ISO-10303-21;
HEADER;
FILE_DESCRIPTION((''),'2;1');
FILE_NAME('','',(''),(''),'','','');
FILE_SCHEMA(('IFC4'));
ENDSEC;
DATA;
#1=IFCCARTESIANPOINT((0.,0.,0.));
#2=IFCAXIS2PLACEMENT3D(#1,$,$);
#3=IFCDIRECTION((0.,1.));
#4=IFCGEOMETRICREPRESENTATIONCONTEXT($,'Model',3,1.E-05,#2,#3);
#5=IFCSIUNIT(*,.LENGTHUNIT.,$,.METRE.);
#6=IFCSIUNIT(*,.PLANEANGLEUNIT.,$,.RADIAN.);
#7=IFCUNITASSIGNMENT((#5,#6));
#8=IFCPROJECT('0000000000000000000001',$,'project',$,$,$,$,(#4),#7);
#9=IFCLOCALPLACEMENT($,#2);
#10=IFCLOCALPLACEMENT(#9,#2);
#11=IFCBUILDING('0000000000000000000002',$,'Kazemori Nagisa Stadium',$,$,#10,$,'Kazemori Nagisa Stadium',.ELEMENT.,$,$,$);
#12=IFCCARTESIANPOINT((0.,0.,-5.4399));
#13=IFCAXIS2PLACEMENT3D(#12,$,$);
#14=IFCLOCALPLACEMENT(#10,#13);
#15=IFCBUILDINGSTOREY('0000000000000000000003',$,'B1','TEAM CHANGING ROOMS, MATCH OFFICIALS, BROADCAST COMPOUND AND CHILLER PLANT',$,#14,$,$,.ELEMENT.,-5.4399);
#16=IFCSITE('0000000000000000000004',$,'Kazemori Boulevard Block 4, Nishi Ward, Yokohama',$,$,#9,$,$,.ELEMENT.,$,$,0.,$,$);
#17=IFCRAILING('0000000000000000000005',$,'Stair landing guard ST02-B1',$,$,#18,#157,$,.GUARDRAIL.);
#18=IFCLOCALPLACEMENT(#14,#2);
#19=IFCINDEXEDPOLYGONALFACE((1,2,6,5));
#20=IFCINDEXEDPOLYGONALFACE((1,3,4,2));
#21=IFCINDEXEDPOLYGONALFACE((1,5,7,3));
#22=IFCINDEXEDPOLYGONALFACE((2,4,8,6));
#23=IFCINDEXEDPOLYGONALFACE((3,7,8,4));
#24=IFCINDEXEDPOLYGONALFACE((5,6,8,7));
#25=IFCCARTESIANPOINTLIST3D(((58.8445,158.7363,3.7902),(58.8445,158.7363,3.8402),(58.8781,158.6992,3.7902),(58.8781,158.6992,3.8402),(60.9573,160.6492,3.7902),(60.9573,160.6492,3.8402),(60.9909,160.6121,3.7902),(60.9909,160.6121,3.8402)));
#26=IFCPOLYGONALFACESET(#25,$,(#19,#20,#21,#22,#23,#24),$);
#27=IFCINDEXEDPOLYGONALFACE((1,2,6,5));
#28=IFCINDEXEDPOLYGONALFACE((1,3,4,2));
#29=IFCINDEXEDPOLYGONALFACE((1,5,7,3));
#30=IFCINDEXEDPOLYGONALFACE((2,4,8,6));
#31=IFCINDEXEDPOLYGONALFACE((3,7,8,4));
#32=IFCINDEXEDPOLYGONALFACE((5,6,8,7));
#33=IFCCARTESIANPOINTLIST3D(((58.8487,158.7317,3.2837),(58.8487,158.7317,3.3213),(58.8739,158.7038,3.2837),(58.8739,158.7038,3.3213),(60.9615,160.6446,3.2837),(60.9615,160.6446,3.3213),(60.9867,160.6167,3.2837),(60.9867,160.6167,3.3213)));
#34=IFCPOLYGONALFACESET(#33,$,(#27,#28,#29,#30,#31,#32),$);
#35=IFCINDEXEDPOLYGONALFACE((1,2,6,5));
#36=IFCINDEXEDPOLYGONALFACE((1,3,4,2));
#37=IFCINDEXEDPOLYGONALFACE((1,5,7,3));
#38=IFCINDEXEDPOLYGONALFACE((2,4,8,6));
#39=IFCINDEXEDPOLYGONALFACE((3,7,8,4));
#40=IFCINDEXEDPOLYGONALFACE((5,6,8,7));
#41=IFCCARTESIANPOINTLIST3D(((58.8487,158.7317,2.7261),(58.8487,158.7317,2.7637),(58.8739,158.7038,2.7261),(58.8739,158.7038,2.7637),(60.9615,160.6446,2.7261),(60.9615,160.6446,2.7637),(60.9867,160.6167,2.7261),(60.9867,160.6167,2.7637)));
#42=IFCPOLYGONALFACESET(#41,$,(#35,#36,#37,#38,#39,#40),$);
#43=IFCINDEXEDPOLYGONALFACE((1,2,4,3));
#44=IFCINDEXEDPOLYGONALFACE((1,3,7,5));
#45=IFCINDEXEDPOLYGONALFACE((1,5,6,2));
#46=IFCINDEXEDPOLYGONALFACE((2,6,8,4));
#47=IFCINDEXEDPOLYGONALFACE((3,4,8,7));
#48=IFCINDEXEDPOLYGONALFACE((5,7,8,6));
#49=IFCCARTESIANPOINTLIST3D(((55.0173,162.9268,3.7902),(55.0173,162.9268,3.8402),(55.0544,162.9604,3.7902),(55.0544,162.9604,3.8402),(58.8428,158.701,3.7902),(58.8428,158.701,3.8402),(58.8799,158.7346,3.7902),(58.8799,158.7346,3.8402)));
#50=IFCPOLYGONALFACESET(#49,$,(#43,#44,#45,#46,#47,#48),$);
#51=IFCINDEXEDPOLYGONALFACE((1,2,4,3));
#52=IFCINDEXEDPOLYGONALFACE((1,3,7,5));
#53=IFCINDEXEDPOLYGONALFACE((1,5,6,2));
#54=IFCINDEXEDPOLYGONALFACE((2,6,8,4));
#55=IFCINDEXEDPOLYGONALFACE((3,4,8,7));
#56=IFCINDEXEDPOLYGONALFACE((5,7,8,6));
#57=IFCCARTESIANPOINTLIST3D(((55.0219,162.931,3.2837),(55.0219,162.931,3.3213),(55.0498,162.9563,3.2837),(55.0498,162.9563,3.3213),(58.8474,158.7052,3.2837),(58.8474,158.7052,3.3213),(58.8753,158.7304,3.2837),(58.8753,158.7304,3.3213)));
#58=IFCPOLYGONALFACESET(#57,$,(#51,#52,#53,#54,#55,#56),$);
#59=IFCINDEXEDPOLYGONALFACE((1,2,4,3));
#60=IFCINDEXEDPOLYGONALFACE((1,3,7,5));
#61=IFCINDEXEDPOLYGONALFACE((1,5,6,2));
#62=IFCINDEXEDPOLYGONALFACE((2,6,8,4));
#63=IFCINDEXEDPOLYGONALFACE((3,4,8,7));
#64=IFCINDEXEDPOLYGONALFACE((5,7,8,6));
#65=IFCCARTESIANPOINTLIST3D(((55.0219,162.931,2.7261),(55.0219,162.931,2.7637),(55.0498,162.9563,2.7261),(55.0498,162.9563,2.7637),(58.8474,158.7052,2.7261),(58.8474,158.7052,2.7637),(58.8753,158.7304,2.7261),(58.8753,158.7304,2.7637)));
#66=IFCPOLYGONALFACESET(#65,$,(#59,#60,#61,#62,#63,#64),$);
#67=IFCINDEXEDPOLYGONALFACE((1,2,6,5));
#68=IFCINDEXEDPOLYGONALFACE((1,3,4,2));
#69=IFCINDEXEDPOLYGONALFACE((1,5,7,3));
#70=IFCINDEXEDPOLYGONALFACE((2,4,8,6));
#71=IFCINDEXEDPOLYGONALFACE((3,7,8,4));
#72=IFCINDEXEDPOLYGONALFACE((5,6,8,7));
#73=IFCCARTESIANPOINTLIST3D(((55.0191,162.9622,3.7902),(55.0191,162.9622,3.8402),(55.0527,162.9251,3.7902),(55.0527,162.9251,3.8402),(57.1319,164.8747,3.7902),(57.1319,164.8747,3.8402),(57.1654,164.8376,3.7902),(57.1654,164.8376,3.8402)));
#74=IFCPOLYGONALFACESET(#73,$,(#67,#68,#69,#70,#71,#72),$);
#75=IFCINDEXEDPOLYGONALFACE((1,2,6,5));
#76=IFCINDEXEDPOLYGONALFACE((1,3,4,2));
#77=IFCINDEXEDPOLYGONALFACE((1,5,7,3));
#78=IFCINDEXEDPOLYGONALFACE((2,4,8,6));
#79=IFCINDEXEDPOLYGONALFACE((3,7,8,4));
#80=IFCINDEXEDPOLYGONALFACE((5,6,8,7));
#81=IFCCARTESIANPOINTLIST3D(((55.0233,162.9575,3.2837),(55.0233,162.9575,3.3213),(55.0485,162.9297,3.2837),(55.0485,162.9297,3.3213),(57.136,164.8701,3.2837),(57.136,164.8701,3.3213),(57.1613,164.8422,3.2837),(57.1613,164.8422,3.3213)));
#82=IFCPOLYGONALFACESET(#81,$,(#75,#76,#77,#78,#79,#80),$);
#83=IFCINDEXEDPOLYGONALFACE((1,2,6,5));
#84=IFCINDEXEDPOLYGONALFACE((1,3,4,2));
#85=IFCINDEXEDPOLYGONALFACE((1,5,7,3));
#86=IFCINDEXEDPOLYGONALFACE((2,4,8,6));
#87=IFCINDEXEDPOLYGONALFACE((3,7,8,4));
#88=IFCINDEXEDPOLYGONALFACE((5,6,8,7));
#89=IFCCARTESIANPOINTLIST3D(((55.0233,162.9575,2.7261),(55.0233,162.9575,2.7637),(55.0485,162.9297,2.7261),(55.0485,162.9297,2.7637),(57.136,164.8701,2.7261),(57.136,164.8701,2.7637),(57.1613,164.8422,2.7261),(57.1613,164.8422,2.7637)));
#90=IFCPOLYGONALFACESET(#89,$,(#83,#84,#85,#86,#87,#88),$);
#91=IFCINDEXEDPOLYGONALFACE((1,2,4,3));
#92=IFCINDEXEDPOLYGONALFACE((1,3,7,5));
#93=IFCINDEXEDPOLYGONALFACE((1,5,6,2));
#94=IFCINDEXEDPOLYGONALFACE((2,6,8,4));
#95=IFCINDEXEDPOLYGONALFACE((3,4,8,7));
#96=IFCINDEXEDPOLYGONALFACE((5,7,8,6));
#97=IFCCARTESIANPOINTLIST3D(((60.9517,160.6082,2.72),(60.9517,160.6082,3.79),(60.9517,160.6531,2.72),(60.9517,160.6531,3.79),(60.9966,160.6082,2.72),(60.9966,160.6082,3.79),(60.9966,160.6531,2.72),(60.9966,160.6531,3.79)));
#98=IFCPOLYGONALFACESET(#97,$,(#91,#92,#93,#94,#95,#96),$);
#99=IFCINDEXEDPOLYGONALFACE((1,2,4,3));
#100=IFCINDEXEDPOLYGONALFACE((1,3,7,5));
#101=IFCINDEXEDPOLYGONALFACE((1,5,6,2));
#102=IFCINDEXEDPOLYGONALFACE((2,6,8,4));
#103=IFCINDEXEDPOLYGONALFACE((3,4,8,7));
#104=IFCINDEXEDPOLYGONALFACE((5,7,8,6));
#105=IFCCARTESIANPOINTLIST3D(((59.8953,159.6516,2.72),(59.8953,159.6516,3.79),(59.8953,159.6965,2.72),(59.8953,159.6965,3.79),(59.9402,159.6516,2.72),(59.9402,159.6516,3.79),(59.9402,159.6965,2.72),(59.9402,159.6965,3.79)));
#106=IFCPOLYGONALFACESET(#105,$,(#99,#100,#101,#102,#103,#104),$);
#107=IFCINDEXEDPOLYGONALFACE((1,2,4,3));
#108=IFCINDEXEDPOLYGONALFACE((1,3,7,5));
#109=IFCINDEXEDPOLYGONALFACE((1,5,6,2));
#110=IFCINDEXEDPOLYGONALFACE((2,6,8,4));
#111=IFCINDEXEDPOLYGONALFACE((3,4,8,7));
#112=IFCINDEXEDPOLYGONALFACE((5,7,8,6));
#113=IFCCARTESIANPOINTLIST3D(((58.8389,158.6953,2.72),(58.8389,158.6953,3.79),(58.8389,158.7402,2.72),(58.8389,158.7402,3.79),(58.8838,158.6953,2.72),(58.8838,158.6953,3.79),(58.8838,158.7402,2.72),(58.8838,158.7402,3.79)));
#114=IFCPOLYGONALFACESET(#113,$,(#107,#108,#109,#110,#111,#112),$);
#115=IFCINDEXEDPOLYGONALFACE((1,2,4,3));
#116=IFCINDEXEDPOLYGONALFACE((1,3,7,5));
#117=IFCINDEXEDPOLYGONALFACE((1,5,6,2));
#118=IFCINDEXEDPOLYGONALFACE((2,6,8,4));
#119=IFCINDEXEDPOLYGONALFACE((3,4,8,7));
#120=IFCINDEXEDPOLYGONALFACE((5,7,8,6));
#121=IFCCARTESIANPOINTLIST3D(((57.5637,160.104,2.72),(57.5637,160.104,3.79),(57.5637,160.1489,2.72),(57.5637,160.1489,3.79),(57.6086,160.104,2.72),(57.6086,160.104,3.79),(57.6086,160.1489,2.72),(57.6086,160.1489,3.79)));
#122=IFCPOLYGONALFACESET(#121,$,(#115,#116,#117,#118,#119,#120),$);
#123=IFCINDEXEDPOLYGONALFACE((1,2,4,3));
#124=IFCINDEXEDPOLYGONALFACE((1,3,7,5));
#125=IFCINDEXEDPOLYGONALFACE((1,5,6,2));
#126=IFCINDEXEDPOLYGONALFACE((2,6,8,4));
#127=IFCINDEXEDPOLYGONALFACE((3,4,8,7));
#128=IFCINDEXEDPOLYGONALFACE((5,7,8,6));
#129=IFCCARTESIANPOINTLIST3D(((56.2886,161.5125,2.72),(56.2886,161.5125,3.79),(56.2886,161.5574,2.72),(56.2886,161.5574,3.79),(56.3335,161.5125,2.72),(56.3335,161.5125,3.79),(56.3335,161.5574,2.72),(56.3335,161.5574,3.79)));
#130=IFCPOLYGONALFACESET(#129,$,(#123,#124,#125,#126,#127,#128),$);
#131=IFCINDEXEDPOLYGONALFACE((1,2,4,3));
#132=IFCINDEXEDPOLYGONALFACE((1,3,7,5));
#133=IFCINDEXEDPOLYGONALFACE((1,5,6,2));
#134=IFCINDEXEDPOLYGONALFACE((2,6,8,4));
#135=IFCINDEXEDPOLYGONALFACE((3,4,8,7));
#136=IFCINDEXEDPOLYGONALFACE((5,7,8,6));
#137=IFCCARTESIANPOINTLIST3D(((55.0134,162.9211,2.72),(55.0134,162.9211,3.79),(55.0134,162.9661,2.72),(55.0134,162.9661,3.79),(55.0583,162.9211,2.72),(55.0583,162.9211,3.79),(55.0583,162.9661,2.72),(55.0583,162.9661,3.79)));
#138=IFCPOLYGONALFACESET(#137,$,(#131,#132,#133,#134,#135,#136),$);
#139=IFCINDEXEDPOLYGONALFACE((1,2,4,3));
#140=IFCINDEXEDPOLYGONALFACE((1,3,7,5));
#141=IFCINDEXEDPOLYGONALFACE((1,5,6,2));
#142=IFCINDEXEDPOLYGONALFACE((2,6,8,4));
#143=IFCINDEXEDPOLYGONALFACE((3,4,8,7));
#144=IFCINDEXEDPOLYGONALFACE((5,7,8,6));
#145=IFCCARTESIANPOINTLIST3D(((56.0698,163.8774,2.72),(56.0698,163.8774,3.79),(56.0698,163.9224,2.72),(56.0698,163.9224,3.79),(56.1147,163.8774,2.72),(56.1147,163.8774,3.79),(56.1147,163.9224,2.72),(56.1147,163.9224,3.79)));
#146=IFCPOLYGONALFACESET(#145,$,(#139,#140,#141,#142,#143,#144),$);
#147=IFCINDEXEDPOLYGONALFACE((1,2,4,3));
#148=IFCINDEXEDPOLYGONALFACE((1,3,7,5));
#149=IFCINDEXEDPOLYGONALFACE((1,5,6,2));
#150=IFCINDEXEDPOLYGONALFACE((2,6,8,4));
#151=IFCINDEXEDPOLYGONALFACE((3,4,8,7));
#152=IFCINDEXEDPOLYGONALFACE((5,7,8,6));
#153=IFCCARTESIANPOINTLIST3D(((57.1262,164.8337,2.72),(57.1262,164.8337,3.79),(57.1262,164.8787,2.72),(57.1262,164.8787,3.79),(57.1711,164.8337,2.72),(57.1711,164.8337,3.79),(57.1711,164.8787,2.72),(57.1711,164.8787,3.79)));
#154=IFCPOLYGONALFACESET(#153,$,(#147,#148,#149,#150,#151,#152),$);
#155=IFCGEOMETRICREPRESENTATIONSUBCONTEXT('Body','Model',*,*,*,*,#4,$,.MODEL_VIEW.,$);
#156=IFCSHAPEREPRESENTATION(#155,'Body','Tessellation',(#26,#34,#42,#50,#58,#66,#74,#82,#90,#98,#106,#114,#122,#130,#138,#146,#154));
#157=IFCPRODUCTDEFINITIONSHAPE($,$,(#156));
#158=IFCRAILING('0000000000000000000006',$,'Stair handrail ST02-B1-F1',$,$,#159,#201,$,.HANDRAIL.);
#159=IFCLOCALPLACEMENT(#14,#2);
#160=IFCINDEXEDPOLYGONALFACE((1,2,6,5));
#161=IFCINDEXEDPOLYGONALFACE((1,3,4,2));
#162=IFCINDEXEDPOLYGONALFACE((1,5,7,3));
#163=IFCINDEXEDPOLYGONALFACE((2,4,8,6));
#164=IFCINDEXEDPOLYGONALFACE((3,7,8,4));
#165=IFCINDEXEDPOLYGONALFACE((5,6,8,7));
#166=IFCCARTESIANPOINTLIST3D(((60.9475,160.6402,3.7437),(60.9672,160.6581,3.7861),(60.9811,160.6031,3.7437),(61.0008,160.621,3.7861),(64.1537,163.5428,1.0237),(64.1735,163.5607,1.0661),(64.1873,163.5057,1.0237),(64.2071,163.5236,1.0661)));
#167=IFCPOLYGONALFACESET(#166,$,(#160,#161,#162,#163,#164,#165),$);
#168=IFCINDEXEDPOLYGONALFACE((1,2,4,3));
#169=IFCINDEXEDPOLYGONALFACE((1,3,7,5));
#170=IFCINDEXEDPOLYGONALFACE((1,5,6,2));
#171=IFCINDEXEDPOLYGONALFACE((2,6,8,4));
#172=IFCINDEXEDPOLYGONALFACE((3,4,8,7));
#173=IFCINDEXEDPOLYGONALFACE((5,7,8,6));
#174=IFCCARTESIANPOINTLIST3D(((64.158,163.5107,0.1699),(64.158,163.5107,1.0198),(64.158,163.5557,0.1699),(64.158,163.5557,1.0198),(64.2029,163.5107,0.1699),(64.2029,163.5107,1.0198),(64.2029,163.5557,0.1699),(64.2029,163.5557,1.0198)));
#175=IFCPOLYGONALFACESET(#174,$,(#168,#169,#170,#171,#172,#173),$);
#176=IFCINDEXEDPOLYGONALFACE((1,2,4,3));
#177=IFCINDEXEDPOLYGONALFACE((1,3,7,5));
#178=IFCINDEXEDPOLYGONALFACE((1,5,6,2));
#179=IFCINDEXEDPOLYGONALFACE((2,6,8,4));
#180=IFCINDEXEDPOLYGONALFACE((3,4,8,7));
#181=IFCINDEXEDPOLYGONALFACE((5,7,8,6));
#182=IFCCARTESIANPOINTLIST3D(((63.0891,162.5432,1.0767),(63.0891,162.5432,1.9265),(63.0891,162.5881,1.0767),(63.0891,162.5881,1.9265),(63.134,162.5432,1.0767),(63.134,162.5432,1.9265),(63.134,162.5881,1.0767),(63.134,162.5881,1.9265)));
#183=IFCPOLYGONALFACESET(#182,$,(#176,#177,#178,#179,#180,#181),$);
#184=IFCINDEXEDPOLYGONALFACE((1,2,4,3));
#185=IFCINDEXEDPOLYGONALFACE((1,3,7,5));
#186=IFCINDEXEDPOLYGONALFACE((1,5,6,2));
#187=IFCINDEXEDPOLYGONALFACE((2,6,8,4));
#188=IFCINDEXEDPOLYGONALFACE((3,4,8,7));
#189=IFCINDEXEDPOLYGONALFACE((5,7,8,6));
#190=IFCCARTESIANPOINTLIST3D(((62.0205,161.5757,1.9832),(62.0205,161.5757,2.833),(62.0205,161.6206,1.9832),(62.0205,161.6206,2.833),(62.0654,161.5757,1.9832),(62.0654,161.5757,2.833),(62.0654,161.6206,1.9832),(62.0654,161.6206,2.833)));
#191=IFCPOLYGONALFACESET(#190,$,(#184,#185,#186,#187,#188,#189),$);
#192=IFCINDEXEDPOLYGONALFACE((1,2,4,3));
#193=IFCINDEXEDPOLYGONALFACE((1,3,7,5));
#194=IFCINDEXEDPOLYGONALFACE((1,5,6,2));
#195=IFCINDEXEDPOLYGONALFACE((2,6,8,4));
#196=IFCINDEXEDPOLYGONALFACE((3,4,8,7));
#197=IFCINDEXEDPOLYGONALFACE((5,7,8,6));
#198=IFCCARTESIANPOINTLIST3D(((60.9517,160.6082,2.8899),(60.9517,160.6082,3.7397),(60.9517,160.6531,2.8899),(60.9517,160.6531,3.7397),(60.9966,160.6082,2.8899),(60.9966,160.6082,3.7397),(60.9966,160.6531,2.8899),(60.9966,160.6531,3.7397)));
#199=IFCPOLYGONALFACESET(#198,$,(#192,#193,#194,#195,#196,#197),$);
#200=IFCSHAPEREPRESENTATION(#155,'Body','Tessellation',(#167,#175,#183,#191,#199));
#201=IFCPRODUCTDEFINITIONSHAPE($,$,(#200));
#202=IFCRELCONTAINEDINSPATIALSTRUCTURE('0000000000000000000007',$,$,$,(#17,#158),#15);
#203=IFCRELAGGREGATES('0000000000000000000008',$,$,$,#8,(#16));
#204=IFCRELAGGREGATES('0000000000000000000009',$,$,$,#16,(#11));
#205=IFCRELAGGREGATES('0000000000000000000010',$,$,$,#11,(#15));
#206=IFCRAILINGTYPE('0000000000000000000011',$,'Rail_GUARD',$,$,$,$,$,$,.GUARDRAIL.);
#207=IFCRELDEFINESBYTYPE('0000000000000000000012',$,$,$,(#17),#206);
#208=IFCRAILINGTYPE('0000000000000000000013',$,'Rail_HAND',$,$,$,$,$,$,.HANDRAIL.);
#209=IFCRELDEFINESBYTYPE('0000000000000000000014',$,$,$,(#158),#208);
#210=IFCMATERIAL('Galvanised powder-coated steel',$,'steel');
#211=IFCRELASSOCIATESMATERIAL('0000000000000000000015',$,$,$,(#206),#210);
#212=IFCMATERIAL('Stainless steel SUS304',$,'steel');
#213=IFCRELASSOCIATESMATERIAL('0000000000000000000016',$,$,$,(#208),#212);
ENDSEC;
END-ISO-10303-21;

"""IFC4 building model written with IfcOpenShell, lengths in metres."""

from ifc_helpers import new_model, si_unit, direction, frame, origin, origin_2d, place, context, subcontext, project, spatial, rectangle, extrude, material, type_object, element, save


model = new_model("IFC4")

# Units and contexts
model_context = context("Model", 3, precision=1e-05, world=origin(), true_north=direction((0.0, 1.0)))
body_context = subcontext(model_context, "Body", "Model", "MODEL_VIEW")
ifc_project = project(units=[si_unit("LENGTHUNIT", "METRE"), si_unit("PLANEANGLEUNIT", "RADIAN")], contexts=[model_context])

# Site, building, storey
site_placement = place(None, origin())
site = spatial("IfcSite", under=ifc_project, at=site_placement, Name="Kazemori Boulevard Block 4, Nishi Ward, Yokohama", CompositionType="ELEMENT", RefElevation=0.0)
building_placement = place(site_placement, origin())
building = spatial("IfcBuilding", under=site, at=building_placement, Name="Kazemori Nagisa Stadium", LongName="Kazemori Nagisa Stadium", CompositionType="ELEMENT")
storey_placement = place(building_placement, frame((0.0, 0.0, -5.4399)))
storey = spatial("IfcBuildingStorey", under=building, at=storey_placement, Name="B1", Description="TEAM CHANGING ROOMS, MATCH OFFICIALS, BROADCAST COMPOUND AND CHILLER PLANT", CompositionType="ELEMENT", Elevation=-5.4399)

# Railings
ifc_material_1 = material(Name="Galvanised powder-coated steel", Category="steel")
railing_type_1 = type_object("IfcRailingType", Name="Rail_GUARD", PredefinedType="GUARDRAIL", material=ifc_material_1)
railing_1_placement = place(storey_placement, frame((60.9741, 160.6306, 2.72)))
element("IfcRailing", 1, at=railing_1_placement, inside=storey, type_object=railing_type_1, Name="Stair landing guard ST02-B1", PredefinedType="GUARDRAIL", context=body_context, shape_type="SweptSolid", body=[
    extrude(rectangle(XDim=0.05, YDim=0.05, at=origin_2d()), frame((0.0, 0.0, 1.0952), z_axis=(-0.741315, -0.671158, 0.0), x_axis=(0.671158, -0.741315, 0.0)), (0.0, 0.0, 1.0), 2.8501),
    extrude(rectangle(XDim=0.0376, YDim=0.0376, at=origin_2d()), frame((0.0, 0.0, 0.5825), z_axis=(-0.741315, -0.671158, 0.0), x_axis=(0.671158, -0.741315, 0.0)), (0.0, 0.0, 1.0), 2.8501),
    extrude(rectangle(XDim=0.0376, YDim=0.0376, at=origin_2d()), frame((0.0, 0.0, 0.0249), z_axis=(-0.741315, -0.671158, 0.0), x_axis=(0.671158, -0.741315, 0.0)), (0.0, 0.0, 1.0), 2.8501),
    extrude(rectangle(XDim=0.05, YDim=0.05, at=origin_2d()), frame((-2.1128, -1.9128, 1.0952), z_axis=(-0.671113, 0.741355, 0.0), x_axis=(-0.741355, -0.671113, 0.0)), (0.0, 0.0, 1.0), 5.7002),
    extrude(rectangle(XDim=0.0376, YDim=0.0376, at=origin_2d()), frame((-2.1128, -1.9128, 0.5825), z_axis=(-0.671113, 0.741355, 0.0), x_axis=(-0.741355, -0.671113, 0.0)), (0.0, 0.0, 1.0), 5.7002),
    extrude(rectangle(XDim=0.0376, YDim=0.0376, at=origin_2d()), frame((-2.1128, -1.9128, 0.0249), z_axis=(-0.671113, 0.741355, 0.0), x_axis=(-0.741355, -0.671113, 0.0)), (0.0, 0.0, 1.0), 5.7002),
    extrude(rectangle(XDim=0.05, YDim=0.05, at=origin_2d()), frame((-5.9382, 2.313, 1.0952), z_axis=(0.741357, 0.671111, 0.0), x_axis=(-0.671111, 0.741357, 0.0)), (0.0, 0.0, 1.0), 2.8499),
    extrude(rectangle(XDim=0.0376, YDim=0.0376, at=origin_2d()), frame((-5.9382, 2.313, 0.5825), z_axis=(0.741357, 0.671111, 0.0), x_axis=(-0.671111, 0.741357, 0.0)), (0.0, 0.0, 1.0), 2.8499),
    extrude(rectangle(XDim=0.0376, YDim=0.0376, at=origin_2d()), frame((-5.9382, 2.313, 0.0249), z_axis=(0.741357, 0.671111, 0.0), x_axis=(-0.671111, 0.741357, 0.0)), (0.0, 0.0, 1.0), 2.8499),
    extrude(rectangle(XDim=0.0449, YDim=0.0449, at=origin_2d()), origin(), (0.0, 0.0, 1.0), 1.0701),
    extrude(rectangle(XDim=0.0449, YDim=0.0449, at=origin_2d()), frame((-1.0564, -0.9565, 0.0)), (0.0, 0.0, 1.0), 1.0701),
    extrude(rectangle(XDim=0.0449, YDim=0.0449, at=origin_2d()), frame((-2.1128, -1.9128, 0.0)), (0.0, 0.0, 1.0), 1.0701),
    extrude(rectangle(XDim=0.0449, YDim=0.0449, at=origin_2d()), frame((-3.3879, -0.5042, 0.0)), (0.0, 0.0, 1.0), 1.0701),
    extrude(rectangle(XDim=0.0449, YDim=0.0449, at=origin_2d()), frame((-4.6631, 0.9043, 0.0)), (0.0, 0.0, 1.0), 1.0701),
    extrude(rectangle(XDim=0.0449, YDim=0.0449, at=origin_2d()), frame((-5.9382, 2.313, 0.0)), (0.0, 0.0, 1.0), 1.0701),
    extrude(rectangle(XDim=0.0449, YDim=0.0449, at=origin_2d()), frame((-4.8818, 3.2693, 0.0)), (0.0, 0.0, 1.0), 1.0701),
    extrude(rectangle(XDim=0.0449, YDim=0.0449, at=origin_2d()), frame((-3.8254, 4.2256, 0.0)), (0.0, 0.0, 1.0), 1.0701),
])
ifc_material_2 = material(Name="Stainless steel SUS304", Category="steel")
railing_type_2 = type_object("IfcRailingType", Name="Rail_HAND", PredefinedType="HANDRAIL", material=ifc_material_2)
railing_2_placement = place(storey_placement, frame((64.1804, 163.5332, 0.1699)))
element("IfcRailing", 2, at=railing_2_placement, inside=storey, type_object=railing_type_2, Name="Stair handrail ST02-B1-F1", PredefinedType="HANDRAIL", context=body_context, shape_type="SweptSolid", body=[
    extrude(rectangle(XDim=0.05, YDim=0.05, at=origin_2d()), frame((0.0, 0.0, 0.875), z_axis=(-0.627558, -0.568113, 0.53237), x_axis=(0.671123, -0.741346, 0.0)), (0.0, 0.0, 1.0), 5.1091),
    extrude(rectangle(XDim=0.0449, YDim=0.0449, at=origin_2d()), origin(), (0.0, 0.0, 1.0), 0.8499),
    extrude(rectangle(XDim=0.0449, YDim=0.0449, at=origin_2d()), frame((-1.0688, -0.9675, 0.9067)), (0.0, 0.0, 1.0), 0.8499),
    extrude(rectangle(XDim=0.0449, YDim=0.0449, at=origin_2d()), frame((-2.1375, -1.9351, 1.8132)), (0.0, 0.0, 1.0), 0.8499),
    extrude(rectangle(XDim=0.0449, YDim=0.0449, at=origin_2d()), frame((-3.2063, -2.9026, 2.72)), (0.0, 0.0, 1.0), 0.8499),
])

save(model, "model.ifc")
